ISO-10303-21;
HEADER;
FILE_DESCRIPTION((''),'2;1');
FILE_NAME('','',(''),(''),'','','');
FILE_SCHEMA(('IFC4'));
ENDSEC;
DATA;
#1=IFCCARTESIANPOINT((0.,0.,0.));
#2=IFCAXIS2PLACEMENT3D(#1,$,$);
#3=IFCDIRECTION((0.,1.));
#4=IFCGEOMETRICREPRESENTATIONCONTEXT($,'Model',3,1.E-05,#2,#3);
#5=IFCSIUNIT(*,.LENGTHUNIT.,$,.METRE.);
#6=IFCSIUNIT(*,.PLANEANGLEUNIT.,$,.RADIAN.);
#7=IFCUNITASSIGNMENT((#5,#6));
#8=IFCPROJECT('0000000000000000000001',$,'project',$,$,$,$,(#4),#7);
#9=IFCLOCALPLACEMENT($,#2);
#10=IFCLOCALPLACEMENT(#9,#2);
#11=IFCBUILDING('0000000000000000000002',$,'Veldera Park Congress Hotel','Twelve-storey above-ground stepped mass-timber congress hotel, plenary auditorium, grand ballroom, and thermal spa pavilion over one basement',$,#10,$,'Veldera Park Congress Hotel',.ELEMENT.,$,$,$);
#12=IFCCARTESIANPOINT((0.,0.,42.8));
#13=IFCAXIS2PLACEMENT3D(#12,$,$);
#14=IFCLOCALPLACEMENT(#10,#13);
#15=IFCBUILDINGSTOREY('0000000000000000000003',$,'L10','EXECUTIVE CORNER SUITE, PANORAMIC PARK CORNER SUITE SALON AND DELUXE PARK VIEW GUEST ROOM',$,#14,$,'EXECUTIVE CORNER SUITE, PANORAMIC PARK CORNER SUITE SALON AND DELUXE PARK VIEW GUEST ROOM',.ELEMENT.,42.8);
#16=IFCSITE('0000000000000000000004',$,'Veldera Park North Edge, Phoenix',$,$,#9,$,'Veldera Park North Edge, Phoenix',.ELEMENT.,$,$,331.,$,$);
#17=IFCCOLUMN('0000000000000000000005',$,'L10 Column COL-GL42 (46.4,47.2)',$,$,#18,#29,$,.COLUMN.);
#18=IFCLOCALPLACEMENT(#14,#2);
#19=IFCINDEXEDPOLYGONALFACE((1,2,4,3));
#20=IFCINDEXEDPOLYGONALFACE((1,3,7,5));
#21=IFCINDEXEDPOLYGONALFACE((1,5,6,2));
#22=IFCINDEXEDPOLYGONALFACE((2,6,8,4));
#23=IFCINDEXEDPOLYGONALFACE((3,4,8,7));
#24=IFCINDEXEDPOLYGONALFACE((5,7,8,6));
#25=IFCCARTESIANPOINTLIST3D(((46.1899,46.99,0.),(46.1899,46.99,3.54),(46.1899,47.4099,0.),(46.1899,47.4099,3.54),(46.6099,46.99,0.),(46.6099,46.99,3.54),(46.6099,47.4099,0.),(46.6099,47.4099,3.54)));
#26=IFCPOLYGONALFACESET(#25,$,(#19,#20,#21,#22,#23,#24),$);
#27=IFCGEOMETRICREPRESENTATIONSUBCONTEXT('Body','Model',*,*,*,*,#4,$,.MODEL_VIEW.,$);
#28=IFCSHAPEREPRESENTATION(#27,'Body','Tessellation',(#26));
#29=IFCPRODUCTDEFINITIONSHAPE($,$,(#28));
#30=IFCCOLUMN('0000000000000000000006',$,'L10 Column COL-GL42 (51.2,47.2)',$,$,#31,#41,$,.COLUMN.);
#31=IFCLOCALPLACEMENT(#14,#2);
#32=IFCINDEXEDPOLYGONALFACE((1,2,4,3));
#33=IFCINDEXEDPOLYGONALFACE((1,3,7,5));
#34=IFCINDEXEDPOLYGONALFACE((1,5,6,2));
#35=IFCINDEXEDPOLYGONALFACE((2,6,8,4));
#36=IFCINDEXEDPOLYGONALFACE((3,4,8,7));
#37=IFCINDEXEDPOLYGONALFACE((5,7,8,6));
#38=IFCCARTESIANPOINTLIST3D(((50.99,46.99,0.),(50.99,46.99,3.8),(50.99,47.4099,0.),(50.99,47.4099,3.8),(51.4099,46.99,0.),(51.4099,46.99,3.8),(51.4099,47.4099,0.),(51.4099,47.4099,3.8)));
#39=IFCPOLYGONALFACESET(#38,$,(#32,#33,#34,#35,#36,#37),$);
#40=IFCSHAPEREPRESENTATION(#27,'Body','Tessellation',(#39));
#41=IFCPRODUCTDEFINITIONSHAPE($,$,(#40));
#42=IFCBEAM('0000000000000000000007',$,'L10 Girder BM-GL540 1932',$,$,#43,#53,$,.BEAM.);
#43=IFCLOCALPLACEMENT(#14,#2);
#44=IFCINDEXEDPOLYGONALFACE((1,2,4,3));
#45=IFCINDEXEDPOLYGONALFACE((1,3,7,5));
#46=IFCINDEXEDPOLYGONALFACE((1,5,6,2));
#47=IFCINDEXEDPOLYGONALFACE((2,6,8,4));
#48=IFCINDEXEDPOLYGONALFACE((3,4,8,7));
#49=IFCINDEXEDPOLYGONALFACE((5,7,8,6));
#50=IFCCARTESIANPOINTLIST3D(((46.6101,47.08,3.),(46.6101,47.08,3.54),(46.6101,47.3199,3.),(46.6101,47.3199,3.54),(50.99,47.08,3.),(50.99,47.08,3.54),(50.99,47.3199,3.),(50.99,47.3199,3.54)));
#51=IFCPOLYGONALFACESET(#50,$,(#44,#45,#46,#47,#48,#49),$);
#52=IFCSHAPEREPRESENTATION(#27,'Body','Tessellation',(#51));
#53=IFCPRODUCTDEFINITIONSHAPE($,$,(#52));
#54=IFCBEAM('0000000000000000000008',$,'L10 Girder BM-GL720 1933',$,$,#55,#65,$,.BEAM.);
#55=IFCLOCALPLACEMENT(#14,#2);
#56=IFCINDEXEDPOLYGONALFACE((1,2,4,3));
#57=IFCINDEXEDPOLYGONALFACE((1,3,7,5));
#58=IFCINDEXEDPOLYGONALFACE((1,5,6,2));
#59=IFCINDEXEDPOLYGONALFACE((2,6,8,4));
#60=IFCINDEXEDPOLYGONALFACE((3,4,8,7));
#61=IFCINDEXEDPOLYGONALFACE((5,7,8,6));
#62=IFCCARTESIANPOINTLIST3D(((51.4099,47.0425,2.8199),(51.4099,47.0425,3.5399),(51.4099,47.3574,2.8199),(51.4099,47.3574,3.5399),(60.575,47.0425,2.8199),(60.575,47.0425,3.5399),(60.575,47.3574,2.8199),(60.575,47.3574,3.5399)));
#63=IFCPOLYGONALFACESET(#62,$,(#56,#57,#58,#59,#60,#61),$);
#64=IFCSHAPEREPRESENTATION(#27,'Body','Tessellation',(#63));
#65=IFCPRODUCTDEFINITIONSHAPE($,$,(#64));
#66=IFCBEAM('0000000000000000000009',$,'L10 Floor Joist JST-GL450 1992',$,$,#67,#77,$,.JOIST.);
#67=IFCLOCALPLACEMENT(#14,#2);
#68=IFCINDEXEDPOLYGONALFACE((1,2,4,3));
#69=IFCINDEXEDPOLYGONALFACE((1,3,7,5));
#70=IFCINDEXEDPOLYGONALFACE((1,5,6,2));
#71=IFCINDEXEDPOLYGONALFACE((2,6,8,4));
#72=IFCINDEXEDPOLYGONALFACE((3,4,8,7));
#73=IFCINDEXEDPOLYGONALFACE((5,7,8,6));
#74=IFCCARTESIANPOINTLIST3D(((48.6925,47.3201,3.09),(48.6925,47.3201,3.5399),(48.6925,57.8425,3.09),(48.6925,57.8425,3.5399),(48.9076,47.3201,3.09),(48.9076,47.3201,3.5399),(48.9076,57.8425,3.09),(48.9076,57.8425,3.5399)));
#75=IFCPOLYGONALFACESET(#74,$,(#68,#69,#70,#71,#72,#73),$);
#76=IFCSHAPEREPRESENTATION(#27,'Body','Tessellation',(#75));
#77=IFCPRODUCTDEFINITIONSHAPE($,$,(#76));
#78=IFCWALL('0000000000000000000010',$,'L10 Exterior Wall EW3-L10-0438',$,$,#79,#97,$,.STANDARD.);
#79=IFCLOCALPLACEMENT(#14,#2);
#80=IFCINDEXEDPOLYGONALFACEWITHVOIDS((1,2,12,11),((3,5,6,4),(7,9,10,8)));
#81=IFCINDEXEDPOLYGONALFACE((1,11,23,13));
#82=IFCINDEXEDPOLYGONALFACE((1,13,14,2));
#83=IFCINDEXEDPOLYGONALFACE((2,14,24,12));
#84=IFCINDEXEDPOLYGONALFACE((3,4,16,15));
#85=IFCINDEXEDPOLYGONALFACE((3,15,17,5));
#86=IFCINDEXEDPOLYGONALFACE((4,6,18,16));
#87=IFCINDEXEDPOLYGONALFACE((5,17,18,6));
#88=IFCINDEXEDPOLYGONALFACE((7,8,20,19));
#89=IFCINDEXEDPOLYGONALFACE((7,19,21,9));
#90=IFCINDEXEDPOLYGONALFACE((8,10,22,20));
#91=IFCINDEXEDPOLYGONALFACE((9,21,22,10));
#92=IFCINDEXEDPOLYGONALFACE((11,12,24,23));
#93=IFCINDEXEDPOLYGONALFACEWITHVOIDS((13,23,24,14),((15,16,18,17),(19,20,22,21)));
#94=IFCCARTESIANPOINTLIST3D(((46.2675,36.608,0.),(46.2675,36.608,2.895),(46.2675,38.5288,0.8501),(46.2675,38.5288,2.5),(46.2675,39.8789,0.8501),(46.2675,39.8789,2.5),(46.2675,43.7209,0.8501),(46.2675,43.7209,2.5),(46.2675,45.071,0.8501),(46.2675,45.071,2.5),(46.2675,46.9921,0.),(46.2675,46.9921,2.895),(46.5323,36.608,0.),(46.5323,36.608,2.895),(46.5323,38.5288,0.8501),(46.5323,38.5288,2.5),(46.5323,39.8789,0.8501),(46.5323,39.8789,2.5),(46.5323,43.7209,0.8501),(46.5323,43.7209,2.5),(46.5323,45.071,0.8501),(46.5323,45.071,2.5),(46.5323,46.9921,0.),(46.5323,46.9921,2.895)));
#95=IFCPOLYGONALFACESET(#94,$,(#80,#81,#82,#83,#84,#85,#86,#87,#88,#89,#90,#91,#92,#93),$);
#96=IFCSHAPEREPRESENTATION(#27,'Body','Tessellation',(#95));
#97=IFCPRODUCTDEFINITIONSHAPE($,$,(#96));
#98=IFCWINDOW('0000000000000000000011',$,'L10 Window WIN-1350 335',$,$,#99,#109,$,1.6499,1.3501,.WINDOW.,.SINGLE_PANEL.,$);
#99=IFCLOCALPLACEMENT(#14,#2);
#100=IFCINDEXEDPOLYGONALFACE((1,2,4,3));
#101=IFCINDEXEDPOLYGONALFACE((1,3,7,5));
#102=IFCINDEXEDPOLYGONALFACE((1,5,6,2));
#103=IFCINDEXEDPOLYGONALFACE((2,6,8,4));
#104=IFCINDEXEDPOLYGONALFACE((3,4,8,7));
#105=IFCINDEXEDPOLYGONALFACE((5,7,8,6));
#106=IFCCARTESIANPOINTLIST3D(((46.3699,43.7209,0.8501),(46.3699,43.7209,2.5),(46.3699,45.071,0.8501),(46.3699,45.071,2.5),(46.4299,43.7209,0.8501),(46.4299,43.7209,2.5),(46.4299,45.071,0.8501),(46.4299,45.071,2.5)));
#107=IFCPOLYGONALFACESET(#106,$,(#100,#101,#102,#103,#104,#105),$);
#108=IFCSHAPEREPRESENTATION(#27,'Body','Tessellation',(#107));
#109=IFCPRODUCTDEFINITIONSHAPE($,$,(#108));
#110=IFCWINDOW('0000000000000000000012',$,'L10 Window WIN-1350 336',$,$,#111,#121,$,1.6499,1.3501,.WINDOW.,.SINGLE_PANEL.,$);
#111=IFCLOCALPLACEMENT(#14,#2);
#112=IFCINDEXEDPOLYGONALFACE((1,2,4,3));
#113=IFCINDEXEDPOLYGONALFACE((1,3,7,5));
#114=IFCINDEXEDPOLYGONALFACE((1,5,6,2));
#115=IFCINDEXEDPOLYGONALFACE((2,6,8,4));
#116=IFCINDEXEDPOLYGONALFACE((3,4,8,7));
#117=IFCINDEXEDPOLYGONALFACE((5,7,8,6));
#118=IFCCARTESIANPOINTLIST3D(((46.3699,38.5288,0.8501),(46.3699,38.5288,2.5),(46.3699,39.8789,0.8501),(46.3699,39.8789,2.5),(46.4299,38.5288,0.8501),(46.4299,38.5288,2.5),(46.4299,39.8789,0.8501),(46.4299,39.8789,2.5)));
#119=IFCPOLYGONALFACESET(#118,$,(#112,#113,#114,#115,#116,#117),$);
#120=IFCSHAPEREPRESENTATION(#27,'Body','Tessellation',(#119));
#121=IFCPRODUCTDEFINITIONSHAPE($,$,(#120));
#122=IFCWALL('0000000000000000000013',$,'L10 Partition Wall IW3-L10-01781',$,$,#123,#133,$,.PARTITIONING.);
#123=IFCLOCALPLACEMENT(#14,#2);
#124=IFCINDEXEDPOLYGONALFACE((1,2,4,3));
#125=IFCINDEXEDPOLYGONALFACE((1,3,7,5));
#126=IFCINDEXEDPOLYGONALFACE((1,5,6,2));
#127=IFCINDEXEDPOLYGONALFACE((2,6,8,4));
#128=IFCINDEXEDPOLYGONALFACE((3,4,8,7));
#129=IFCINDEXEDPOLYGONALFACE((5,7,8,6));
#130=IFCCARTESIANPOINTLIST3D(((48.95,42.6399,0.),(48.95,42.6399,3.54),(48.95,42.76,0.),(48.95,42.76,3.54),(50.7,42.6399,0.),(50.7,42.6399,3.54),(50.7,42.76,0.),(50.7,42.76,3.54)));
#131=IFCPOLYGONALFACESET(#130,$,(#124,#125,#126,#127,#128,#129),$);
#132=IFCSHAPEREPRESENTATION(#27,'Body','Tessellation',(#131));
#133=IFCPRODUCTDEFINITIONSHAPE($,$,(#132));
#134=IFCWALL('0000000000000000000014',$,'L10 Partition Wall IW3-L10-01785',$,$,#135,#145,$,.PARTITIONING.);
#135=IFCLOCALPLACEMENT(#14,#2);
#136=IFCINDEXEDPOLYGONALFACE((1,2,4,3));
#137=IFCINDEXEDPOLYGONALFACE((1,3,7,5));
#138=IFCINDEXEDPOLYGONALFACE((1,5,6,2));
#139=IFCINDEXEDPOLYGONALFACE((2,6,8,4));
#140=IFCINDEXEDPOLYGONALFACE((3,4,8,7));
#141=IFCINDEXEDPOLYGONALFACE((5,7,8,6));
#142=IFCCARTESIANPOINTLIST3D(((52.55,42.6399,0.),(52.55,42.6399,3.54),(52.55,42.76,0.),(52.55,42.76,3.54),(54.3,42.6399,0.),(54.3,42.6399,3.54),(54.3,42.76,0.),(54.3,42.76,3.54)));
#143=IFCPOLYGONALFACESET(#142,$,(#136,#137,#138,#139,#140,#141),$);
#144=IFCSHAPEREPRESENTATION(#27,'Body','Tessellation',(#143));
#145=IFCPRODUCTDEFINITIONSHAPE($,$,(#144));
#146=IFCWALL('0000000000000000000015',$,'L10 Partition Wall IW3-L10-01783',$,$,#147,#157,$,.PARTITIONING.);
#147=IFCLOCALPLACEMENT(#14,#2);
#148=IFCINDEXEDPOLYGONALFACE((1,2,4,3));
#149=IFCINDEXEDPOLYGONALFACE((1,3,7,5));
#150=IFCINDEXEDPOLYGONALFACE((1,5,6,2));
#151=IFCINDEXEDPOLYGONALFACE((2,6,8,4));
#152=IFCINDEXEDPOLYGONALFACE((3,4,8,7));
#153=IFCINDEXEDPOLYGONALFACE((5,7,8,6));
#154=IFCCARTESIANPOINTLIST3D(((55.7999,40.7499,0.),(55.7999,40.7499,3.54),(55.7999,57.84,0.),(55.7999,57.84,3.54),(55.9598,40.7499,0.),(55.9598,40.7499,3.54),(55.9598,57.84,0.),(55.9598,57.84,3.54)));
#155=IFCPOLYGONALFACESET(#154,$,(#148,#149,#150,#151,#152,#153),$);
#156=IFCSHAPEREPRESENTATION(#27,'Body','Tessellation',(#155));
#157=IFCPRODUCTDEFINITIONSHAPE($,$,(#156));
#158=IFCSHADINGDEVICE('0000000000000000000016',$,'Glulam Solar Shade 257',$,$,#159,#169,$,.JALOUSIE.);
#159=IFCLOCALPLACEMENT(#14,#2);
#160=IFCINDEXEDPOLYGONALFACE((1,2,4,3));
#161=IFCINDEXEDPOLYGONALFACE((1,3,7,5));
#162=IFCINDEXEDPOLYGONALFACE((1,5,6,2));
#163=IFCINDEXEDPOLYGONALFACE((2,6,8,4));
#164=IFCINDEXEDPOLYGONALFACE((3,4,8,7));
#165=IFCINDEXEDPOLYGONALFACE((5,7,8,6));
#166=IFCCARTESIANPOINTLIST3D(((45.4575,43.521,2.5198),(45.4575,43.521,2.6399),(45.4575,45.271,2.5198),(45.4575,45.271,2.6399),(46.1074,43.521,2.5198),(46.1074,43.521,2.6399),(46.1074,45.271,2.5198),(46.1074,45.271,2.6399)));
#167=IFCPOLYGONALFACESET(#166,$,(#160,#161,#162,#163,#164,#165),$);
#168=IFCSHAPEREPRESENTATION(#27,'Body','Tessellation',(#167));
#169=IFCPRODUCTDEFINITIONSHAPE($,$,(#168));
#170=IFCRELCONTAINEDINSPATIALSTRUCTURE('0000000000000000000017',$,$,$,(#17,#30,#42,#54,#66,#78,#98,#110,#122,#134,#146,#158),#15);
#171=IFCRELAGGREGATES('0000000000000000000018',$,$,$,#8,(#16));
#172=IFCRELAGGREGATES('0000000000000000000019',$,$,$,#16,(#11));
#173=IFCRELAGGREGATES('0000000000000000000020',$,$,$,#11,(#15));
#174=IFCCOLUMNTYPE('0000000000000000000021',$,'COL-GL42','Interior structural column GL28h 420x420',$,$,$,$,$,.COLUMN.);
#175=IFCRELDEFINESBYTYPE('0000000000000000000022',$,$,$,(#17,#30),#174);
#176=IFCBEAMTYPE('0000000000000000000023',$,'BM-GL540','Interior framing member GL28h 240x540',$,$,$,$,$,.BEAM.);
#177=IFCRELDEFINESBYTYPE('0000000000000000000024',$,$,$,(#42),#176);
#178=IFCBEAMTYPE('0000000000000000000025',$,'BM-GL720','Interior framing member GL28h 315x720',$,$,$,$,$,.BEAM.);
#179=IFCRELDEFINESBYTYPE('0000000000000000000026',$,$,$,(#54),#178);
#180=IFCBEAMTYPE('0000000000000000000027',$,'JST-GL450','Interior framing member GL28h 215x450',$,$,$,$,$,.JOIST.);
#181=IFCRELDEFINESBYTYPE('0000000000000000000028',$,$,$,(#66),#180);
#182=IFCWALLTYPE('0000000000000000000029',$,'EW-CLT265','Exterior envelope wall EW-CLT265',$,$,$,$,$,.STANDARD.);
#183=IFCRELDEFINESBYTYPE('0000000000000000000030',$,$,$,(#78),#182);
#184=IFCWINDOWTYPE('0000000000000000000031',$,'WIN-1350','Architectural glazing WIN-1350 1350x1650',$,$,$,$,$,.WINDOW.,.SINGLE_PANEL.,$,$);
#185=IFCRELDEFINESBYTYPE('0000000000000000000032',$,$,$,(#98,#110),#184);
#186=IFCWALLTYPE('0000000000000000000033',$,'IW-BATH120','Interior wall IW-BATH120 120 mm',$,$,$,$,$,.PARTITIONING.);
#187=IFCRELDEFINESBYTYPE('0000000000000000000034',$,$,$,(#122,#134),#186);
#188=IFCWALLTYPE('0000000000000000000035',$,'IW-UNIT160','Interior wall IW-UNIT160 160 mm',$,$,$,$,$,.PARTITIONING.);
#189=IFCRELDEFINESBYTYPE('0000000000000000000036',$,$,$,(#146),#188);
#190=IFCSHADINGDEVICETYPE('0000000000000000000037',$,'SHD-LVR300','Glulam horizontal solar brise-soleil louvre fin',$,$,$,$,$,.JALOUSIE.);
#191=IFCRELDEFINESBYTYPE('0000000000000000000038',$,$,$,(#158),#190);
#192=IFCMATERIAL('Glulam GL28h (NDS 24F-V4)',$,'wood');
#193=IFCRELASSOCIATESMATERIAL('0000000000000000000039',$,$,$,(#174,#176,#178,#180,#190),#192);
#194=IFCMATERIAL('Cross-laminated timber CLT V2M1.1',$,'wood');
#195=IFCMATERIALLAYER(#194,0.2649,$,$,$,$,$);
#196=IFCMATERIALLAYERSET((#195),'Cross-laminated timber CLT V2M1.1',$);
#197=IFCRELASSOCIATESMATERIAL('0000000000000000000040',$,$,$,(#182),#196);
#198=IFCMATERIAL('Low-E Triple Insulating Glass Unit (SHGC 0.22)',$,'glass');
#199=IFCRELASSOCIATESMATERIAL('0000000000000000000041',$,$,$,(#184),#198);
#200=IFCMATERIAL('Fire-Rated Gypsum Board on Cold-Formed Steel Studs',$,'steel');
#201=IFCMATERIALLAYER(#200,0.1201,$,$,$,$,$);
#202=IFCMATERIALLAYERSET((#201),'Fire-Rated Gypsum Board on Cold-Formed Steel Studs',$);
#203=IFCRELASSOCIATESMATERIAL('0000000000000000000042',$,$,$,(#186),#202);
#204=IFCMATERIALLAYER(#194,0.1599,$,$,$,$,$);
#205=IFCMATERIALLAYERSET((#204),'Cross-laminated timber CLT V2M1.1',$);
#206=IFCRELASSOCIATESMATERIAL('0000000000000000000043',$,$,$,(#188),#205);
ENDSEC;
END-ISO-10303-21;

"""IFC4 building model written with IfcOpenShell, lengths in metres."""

from ifc_helpers import new_model, si_unit, direction, frame, frame_2d, origin, origin_2d, place, context, subcontext, project, spatial, rectangle, extrude, material, layer, layer_set, material_profile, profile_set, type_object, element, fill, save


model = new_model("IFC4")

# Units and contexts
model_context = context("Model", 3, precision=1e-05, world=origin(), true_north=direction((0.0, 1.0)))
body_context = subcontext(model_context, "Body", "Model", "MODEL_VIEW")
ifc_project = project(units=[si_unit("LENGTHUNIT", "METRE"), si_unit("PLANEANGLEUNIT", "RADIAN")], contexts=[model_context])

# Site, building, storey
site_placement = place(None, origin())
site = spatial("IfcSite", under=ifc_project, at=site_placement, Name="Veldera Park North Edge, Phoenix", LongName="Veldera Park North Edge, Phoenix", CompositionType="ELEMENT", RefElevation=331.0)
building_placement = place(site_placement, origin())
building = spatial("IfcBuilding", under=site, at=building_placement, Name="Veldera Park Congress Hotel", Description="Twelve-storey above-ground stepped mass-timber congress hotel, plenary auditorium, grand ballroom, and thermal spa pavilion over one basement", LongName="Veldera Park Congress Hotel", CompositionType="ELEMENT")
storey_placement = place(building_placement, frame((0.0, 0.0, 42.8)))
storey = spatial("IfcBuildingStorey", under=building, at=storey_placement, Name="L10", Description="EXECUTIVE CORNER SUITE, PANORAMIC PARK CORNER SUITE SALON AND DELUXE PARK VIEW GUEST ROOM", LongName="EXECUTIVE CORNER SUITE, PANORAMIC PARK CORNER SUITE SALON AND DELUXE PARK VIEW GUEST ROOM", CompositionType="ELEMENT", Elevation=42.8)

# Columns
ifc_material_1 = material(Name="Glulam GL28h (NDS 24F-V4)", Category="wood")
ifc_material_profile_1 = material_profile(ifc_material_1, rectangle(XDim=0.4199, YDim=0.4199, at=origin_2d()), Name="GL28h 420x420")
ifc_profile_set_1 = profile_set([ifc_material_profile_1], Name="Glulam GL28h (NDS 24F-V4)")
column_type = type_object("IfcColumnType", Name="COL-GL42", Description="Interior structural column GL28h 420x420", PredefinedType="COLUMN", material=ifc_profile_set_1)
column_1_placement = place(storey_placement, frame((46.3999, 47.2, 0.0), z_axis=(0.0, 0.0, 1.0), x_axis=(1.0, 0.0, 0.0)))
element("IfcColumn", 1, at=column_1_placement, inside=storey, type_object=column_type, Name="L10 Column COL-GL42 (46.4,47.2)", PredefinedType="COLUMN", context=body_context, shape_type="SweptSolid", body=[
    extrude(rectangle(XDim=0.4199, YDim=0.4199, at=origin_2d()), origin(), (0.0, 0.0, 1.0), 3.54),
])
column_2_placement = place(storey_placement, frame((51.2, 47.2, 0.0), z_axis=(0.0, 0.0, 1.0), x_axis=(1.0, 0.0, 0.0)))
element("IfcColumn", 2, at=column_2_placement, inside=storey, type_object=column_type, Name="L10 Column COL-GL42 (51.2,47.2)", PredefinedType="COLUMN", context=body_context, shape_type="SweptSolid", body=[
    extrude(rectangle(XDim=0.4199, YDim=0.4199, at=origin_2d()), origin(), (0.0, 0.0, 1.0), 3.8),
])

# Beams
ifc_material_profile_2 = material_profile(ifc_material_1, rectangle(XDim=0.24, YDim=0.54, at=origin_2d()), Name="GL28h 240x540")
ifc_profile_set_2 = profile_set([ifc_material_profile_2], Name="Glulam GL28h (NDS 24F-V4)")
beam_type_1 = type_object("IfcBeamType", Name="BM-GL540", Description="Interior framing member GL28h 240x540", PredefinedType="BEAM", material=ifc_profile_set_2)
beam_1_placement = place(storey_placement, frame((46.6101, 47.2, 3.27), z_axis=(1.0, 0.0, 0.0), x_axis=(0.0, 1.0, 0.0)))
element("IfcBeam", 3, at=beam_1_placement, inside=storey, type_object=beam_type_1, Name="L10 Girder BM-GL540 1932", PredefinedType="BEAM", context=body_context, shape_type="SweptSolid", body=[
    extrude(rectangle(XDim=0.24, YDim=0.54, at=origin_2d()), origin(), (0.0, 0.0, 1.0), 4.3799),
])
ifc_material_profile_3 = material_profile(ifc_material_1, rectangle(XDim=0.3149, YDim=0.72, at=origin_2d()), Name="GL28h 315x720")
ifc_profile_set_3 = profile_set([ifc_material_profile_3], Name="Glulam GL28h (NDS 24F-V4)")
beam_type_2 = type_object("IfcBeamType", Name="BM-GL720", Description="Interior framing member GL28h 315x720", PredefinedType="BEAM", material=ifc_profile_set_3)
beam_2_placement = place(storey_placement, frame((51.4099, 47.2, 3.1799), z_axis=(1.0, 0.0, 0.0), x_axis=(0.0, 1.0, 0.0)))
element("IfcBeam", 4, at=beam_2_placement, inside=storey, type_object=beam_type_2, Name="L10 Girder BM-GL720 1933", PredefinedType="BEAM", context=body_context, shape_type="SweptSolid", body=[
    extrude(rectangle(XDim=0.3149, YDim=0.72, at=origin_2d()), origin(), (0.0, 0.0, 1.0), 9.165),
])
ifc_material_profile_4 = material_profile(ifc_material_1, rectangle(XDim=0.2151, YDim=0.45, at=origin_2d()), Name="GL28h 215x450")
ifc_profile_set_4 = profile_set([ifc_material_profile_4], Name="Glulam GL28h (NDS 24F-V4)")
beam_type_3 = type_object("IfcBeamType", Name="JST-GL450", Description="Interior framing member GL28h 215x450", PredefinedType="JOIST", material=ifc_profile_set_4)
beam_3_placement = place(storey_placement, frame((48.8, 47.3201, 3.3149), z_axis=(0.0, 1.0, 0.0), x_axis=(-1.0, 0.0, 0.0)))
element("IfcBeam", 5, at=beam_3_placement, inside=storey, type_object=beam_type_3, Name="L10 Floor Joist JST-GL450 1992", PredefinedType="JOIST", context=body_context, shape_type="SweptSolid", body=[
    extrude(rectangle(XDim=0.2151, YDim=0.45, at=origin_2d()), origin(), (0.0, 0.0, 1.0), 10.5225),
])

# Wall, openings, windows
ifc_material_2 = material(Name="Cross-laminated timber CLT V2M1.1", Category="wood")
ifc_layer_1 = layer(ifc_material_2, 0.2649)
ifc_layer_set_1 = layer_set([ifc_layer_1], Name="Cross-laminated timber CLT V2M1.1")
wall_type_1 = type_object("IfcWallType", Name="EW-CLT265", Description="Exterior envelope wall EW-CLT265", PredefinedType="STANDARD", material=ifc_layer_set_1)
wall_1_placement = place(storey_placement, frame((46.3999, 46.9919, 0.0), z_axis=(0.0, 0.0, 1.0), x_axis=(0.0, -1.0, 0.0)))
wall_1 = element("IfcWall", 6, at=wall_1_placement, inside=storey, type_object=wall_type_1, Name="L10 Exterior Wall EW3-L10-0438", PredefinedType="STANDARD", context=body_context, shape_type="SweptSolid", body=[
    extrude(rectangle(XDim=10.384, YDim=0.2649, at=frame_2d((5.1919, 0.0))), origin(), (0.0, 0.0, 1.0), 2.895),
])
opening_1_placement = place(wall_1_placement, frame((1.9209, 0.0, 0.8501)))
opening_1 = element("IfcOpeningElement", 7, at=opening_1_placement, cuts=wall_1, PredefinedType="OPENING", context=body_context, shape_type="SweptSolid", body=[
    extrude(rectangle(XDim=1.3501, YDim=1.6499, at=frame_2d((0.675, 0.825))), frame((0.0, 0.1445, 0.0), z_axis=(0.0, -1.0, 0.0), x_axis=(1.0, 0.0, 0.0)), (0.0, 0.0, 1.0), 0.2888),
])
opening_2_placement = place(wall_1_placement, frame((7.113, 0.0, 0.8501)))
opening_2 = element("IfcOpeningElement", 8, at=opening_2_placement, cuts=wall_1, PredefinedType="OPENING", context=body_context, shape_type="SweptSolid", body=[
    extrude(rectangle(XDim=1.3501, YDim=1.6499, at=frame_2d((0.675, 0.825))), frame((0.0, 0.1445, 0.0), z_axis=(0.0, -1.0, 0.0), x_axis=(1.0, 0.0, 0.0)), (0.0, 0.0, 1.0), 0.2888),
])
ifc_material_3 = material(Name="Low-E Triple Insulating Glass Unit (SHGC 0.22)", Category="glass")
window_type = type_object("IfcWindowType", Name="WIN-1350", Description="Architectural glazing WIN-1350 1350x1650", PartitioningType="SINGLE_PANEL", PredefinedType="WINDOW", material=ifc_material_3)
window_1_placement = place(opening_1_placement, origin())
window_1 = element("IfcWindow", 9, at=window_1_placement, inside=storey, type_object=window_type, Name="L10 Window WIN-1350 335", OverallHeight=1.6499, OverallWidth=1.3501, PartitioningType="SINGLE_PANEL", PredefinedType="WINDOW", context=body_context, shape_type="SweptSolid", body=[
    extrude(rectangle(XDim=1.3501, YDim=1.6499, at=frame_2d((0.675, 0.825))), frame((0.0, 0.03, 0.0), z_axis=(0.0, -1.0, 0.0), x_axis=(1.0, 0.0, 0.0)), (0.0, 0.0, 1.0), 0.0601),
])
fill(opening_1, window_1)
window_2_placement = place(opening_2_placement, origin())
window_2 = element("IfcWindow", 10, at=window_2_placement, inside=storey, type_object=window_type, Name="L10 Window WIN-1350 336", OverallHeight=1.6499, OverallWidth=1.3501, PartitioningType="SINGLE_PANEL", PredefinedType="WINDOW", context=body_context, shape_type="SweptSolid", body=[
    extrude(rectangle(XDim=1.3501, YDim=1.6499, at=frame_2d((0.675, 0.825))), frame((0.0, 0.03, 0.0), z_axis=(0.0, -1.0, 0.0), x_axis=(1.0, 0.0, 0.0)), (0.0, 0.0, 1.0), 0.0601),
])
fill(opening_2, window_2)

# Shared definitions
ifc_material_4 = material(Name="Fire-Rated Gypsum Board on Cold-Formed Steel Studs", Category="steel")
ifc_layer_2 = layer(ifc_material_4, 0.1201)
ifc_layer_set_2 = layer_set([ifc_layer_2], Name="Fire-Rated Gypsum Board on Cold-Formed Steel Studs")
wall_type_2 = type_object("IfcWallType", Name="IW-BATH120", Description="Interior wall IW-BATH120 120 mm", PredefinedType="PARTITIONING", material=ifc_layer_set_2)

# Wall
wall_2_placement = place(storey_placement, frame((48.95, 42.7, 0.0), z_axis=(0.0, 0.0, 1.0), x_axis=(1.0, 0.0, 0.0)))
element("IfcWall", 11, at=wall_2_placement, inside=storey, type_object=wall_type_2, Name="L10 Partition Wall IW3-L10-01781", PredefinedType="PARTITIONING", context=body_context, shape_type="SweptSolid", body=[
    extrude(rectangle(XDim=1.75, YDim=0.1201, at=frame_2d((0.875, 0.0))), origin(), (0.0, 0.0, 1.0), 3.54),
])

# Walls
wall_3_placement = place(storey_placement, frame((52.55, 42.7, 0.0), z_axis=(0.0, 0.0, 1.0), x_axis=(1.0, 0.0, 0.0)))
element("IfcWall", 12, at=wall_3_placement, inside=storey, type_object=wall_type_2, Name="L10 Partition Wall IW3-L10-01785", PredefinedType="PARTITIONING", context=body_context, shape_type="SweptSolid", body=[
    extrude(rectangle(XDim=1.75, YDim=0.1201, at=frame_2d((0.875, 0.0))), origin(), (0.0, 0.0, 1.0), 3.54),
])
ifc_layer_3 = layer(ifc_material_2, 0.1599)
ifc_layer_set_3 = layer_set([ifc_layer_3], Name="Cross-laminated timber CLT V2M1.1")
wall_type_3 = type_object("IfcWallType", Name="IW-UNIT160", Description="Interior wall IW-UNIT160 160 mm", PredefinedType="PARTITIONING", material=ifc_layer_set_3)
wall_4_placement = place(storey_placement, frame((55.8799, 40.75, 0.0), z_axis=(0.0, 0.0, 1.0), x_axis=(0.0, 1.0, 0.0)))
element("IfcWall", 13, at=wall_4_placement, inside=storey, type_object=wall_type_3, Name="L10 Partition Wall IW3-L10-01783", PredefinedType="PARTITIONING", context=body_context, shape_type="SweptSolid", body=[
    extrude(rectangle(XDim=17.0901, YDim=0.1599, at=frame_2d((8.5449, 0.0))), origin(), (0.0, 0.0, 1.0), 3.54),
])

# Shading device
shading_device_type = type_object("IfcShadingDeviceType", Name="SHD-LVR300", Description="Glulam horizontal solar brise-soleil louvre fin", PredefinedType="JALOUSIE", material=ifc_material_1)
shading_device_placement = place(storey_placement, frame((45.7825, 44.396, 2.5198), z_axis=(0.0, 0.0, 1.0), x_axis=(0.0, -1.0, 0.0)))
element("IfcShadingDevice", 14, at=shading_device_placement, inside=storey, type_object=shading_device_type, Name="Glulam Solar Shade 257", PredefinedType="JALOUSIE", context=body_context, shape_type="SweptSolid", body=[
    extrude(rectangle(XDim=1.75, YDim=0.6499, at=origin_2d()), origin(), (0.0, 0.0, 1.0), 0.1201),
])

save(model, "model.ifc")
